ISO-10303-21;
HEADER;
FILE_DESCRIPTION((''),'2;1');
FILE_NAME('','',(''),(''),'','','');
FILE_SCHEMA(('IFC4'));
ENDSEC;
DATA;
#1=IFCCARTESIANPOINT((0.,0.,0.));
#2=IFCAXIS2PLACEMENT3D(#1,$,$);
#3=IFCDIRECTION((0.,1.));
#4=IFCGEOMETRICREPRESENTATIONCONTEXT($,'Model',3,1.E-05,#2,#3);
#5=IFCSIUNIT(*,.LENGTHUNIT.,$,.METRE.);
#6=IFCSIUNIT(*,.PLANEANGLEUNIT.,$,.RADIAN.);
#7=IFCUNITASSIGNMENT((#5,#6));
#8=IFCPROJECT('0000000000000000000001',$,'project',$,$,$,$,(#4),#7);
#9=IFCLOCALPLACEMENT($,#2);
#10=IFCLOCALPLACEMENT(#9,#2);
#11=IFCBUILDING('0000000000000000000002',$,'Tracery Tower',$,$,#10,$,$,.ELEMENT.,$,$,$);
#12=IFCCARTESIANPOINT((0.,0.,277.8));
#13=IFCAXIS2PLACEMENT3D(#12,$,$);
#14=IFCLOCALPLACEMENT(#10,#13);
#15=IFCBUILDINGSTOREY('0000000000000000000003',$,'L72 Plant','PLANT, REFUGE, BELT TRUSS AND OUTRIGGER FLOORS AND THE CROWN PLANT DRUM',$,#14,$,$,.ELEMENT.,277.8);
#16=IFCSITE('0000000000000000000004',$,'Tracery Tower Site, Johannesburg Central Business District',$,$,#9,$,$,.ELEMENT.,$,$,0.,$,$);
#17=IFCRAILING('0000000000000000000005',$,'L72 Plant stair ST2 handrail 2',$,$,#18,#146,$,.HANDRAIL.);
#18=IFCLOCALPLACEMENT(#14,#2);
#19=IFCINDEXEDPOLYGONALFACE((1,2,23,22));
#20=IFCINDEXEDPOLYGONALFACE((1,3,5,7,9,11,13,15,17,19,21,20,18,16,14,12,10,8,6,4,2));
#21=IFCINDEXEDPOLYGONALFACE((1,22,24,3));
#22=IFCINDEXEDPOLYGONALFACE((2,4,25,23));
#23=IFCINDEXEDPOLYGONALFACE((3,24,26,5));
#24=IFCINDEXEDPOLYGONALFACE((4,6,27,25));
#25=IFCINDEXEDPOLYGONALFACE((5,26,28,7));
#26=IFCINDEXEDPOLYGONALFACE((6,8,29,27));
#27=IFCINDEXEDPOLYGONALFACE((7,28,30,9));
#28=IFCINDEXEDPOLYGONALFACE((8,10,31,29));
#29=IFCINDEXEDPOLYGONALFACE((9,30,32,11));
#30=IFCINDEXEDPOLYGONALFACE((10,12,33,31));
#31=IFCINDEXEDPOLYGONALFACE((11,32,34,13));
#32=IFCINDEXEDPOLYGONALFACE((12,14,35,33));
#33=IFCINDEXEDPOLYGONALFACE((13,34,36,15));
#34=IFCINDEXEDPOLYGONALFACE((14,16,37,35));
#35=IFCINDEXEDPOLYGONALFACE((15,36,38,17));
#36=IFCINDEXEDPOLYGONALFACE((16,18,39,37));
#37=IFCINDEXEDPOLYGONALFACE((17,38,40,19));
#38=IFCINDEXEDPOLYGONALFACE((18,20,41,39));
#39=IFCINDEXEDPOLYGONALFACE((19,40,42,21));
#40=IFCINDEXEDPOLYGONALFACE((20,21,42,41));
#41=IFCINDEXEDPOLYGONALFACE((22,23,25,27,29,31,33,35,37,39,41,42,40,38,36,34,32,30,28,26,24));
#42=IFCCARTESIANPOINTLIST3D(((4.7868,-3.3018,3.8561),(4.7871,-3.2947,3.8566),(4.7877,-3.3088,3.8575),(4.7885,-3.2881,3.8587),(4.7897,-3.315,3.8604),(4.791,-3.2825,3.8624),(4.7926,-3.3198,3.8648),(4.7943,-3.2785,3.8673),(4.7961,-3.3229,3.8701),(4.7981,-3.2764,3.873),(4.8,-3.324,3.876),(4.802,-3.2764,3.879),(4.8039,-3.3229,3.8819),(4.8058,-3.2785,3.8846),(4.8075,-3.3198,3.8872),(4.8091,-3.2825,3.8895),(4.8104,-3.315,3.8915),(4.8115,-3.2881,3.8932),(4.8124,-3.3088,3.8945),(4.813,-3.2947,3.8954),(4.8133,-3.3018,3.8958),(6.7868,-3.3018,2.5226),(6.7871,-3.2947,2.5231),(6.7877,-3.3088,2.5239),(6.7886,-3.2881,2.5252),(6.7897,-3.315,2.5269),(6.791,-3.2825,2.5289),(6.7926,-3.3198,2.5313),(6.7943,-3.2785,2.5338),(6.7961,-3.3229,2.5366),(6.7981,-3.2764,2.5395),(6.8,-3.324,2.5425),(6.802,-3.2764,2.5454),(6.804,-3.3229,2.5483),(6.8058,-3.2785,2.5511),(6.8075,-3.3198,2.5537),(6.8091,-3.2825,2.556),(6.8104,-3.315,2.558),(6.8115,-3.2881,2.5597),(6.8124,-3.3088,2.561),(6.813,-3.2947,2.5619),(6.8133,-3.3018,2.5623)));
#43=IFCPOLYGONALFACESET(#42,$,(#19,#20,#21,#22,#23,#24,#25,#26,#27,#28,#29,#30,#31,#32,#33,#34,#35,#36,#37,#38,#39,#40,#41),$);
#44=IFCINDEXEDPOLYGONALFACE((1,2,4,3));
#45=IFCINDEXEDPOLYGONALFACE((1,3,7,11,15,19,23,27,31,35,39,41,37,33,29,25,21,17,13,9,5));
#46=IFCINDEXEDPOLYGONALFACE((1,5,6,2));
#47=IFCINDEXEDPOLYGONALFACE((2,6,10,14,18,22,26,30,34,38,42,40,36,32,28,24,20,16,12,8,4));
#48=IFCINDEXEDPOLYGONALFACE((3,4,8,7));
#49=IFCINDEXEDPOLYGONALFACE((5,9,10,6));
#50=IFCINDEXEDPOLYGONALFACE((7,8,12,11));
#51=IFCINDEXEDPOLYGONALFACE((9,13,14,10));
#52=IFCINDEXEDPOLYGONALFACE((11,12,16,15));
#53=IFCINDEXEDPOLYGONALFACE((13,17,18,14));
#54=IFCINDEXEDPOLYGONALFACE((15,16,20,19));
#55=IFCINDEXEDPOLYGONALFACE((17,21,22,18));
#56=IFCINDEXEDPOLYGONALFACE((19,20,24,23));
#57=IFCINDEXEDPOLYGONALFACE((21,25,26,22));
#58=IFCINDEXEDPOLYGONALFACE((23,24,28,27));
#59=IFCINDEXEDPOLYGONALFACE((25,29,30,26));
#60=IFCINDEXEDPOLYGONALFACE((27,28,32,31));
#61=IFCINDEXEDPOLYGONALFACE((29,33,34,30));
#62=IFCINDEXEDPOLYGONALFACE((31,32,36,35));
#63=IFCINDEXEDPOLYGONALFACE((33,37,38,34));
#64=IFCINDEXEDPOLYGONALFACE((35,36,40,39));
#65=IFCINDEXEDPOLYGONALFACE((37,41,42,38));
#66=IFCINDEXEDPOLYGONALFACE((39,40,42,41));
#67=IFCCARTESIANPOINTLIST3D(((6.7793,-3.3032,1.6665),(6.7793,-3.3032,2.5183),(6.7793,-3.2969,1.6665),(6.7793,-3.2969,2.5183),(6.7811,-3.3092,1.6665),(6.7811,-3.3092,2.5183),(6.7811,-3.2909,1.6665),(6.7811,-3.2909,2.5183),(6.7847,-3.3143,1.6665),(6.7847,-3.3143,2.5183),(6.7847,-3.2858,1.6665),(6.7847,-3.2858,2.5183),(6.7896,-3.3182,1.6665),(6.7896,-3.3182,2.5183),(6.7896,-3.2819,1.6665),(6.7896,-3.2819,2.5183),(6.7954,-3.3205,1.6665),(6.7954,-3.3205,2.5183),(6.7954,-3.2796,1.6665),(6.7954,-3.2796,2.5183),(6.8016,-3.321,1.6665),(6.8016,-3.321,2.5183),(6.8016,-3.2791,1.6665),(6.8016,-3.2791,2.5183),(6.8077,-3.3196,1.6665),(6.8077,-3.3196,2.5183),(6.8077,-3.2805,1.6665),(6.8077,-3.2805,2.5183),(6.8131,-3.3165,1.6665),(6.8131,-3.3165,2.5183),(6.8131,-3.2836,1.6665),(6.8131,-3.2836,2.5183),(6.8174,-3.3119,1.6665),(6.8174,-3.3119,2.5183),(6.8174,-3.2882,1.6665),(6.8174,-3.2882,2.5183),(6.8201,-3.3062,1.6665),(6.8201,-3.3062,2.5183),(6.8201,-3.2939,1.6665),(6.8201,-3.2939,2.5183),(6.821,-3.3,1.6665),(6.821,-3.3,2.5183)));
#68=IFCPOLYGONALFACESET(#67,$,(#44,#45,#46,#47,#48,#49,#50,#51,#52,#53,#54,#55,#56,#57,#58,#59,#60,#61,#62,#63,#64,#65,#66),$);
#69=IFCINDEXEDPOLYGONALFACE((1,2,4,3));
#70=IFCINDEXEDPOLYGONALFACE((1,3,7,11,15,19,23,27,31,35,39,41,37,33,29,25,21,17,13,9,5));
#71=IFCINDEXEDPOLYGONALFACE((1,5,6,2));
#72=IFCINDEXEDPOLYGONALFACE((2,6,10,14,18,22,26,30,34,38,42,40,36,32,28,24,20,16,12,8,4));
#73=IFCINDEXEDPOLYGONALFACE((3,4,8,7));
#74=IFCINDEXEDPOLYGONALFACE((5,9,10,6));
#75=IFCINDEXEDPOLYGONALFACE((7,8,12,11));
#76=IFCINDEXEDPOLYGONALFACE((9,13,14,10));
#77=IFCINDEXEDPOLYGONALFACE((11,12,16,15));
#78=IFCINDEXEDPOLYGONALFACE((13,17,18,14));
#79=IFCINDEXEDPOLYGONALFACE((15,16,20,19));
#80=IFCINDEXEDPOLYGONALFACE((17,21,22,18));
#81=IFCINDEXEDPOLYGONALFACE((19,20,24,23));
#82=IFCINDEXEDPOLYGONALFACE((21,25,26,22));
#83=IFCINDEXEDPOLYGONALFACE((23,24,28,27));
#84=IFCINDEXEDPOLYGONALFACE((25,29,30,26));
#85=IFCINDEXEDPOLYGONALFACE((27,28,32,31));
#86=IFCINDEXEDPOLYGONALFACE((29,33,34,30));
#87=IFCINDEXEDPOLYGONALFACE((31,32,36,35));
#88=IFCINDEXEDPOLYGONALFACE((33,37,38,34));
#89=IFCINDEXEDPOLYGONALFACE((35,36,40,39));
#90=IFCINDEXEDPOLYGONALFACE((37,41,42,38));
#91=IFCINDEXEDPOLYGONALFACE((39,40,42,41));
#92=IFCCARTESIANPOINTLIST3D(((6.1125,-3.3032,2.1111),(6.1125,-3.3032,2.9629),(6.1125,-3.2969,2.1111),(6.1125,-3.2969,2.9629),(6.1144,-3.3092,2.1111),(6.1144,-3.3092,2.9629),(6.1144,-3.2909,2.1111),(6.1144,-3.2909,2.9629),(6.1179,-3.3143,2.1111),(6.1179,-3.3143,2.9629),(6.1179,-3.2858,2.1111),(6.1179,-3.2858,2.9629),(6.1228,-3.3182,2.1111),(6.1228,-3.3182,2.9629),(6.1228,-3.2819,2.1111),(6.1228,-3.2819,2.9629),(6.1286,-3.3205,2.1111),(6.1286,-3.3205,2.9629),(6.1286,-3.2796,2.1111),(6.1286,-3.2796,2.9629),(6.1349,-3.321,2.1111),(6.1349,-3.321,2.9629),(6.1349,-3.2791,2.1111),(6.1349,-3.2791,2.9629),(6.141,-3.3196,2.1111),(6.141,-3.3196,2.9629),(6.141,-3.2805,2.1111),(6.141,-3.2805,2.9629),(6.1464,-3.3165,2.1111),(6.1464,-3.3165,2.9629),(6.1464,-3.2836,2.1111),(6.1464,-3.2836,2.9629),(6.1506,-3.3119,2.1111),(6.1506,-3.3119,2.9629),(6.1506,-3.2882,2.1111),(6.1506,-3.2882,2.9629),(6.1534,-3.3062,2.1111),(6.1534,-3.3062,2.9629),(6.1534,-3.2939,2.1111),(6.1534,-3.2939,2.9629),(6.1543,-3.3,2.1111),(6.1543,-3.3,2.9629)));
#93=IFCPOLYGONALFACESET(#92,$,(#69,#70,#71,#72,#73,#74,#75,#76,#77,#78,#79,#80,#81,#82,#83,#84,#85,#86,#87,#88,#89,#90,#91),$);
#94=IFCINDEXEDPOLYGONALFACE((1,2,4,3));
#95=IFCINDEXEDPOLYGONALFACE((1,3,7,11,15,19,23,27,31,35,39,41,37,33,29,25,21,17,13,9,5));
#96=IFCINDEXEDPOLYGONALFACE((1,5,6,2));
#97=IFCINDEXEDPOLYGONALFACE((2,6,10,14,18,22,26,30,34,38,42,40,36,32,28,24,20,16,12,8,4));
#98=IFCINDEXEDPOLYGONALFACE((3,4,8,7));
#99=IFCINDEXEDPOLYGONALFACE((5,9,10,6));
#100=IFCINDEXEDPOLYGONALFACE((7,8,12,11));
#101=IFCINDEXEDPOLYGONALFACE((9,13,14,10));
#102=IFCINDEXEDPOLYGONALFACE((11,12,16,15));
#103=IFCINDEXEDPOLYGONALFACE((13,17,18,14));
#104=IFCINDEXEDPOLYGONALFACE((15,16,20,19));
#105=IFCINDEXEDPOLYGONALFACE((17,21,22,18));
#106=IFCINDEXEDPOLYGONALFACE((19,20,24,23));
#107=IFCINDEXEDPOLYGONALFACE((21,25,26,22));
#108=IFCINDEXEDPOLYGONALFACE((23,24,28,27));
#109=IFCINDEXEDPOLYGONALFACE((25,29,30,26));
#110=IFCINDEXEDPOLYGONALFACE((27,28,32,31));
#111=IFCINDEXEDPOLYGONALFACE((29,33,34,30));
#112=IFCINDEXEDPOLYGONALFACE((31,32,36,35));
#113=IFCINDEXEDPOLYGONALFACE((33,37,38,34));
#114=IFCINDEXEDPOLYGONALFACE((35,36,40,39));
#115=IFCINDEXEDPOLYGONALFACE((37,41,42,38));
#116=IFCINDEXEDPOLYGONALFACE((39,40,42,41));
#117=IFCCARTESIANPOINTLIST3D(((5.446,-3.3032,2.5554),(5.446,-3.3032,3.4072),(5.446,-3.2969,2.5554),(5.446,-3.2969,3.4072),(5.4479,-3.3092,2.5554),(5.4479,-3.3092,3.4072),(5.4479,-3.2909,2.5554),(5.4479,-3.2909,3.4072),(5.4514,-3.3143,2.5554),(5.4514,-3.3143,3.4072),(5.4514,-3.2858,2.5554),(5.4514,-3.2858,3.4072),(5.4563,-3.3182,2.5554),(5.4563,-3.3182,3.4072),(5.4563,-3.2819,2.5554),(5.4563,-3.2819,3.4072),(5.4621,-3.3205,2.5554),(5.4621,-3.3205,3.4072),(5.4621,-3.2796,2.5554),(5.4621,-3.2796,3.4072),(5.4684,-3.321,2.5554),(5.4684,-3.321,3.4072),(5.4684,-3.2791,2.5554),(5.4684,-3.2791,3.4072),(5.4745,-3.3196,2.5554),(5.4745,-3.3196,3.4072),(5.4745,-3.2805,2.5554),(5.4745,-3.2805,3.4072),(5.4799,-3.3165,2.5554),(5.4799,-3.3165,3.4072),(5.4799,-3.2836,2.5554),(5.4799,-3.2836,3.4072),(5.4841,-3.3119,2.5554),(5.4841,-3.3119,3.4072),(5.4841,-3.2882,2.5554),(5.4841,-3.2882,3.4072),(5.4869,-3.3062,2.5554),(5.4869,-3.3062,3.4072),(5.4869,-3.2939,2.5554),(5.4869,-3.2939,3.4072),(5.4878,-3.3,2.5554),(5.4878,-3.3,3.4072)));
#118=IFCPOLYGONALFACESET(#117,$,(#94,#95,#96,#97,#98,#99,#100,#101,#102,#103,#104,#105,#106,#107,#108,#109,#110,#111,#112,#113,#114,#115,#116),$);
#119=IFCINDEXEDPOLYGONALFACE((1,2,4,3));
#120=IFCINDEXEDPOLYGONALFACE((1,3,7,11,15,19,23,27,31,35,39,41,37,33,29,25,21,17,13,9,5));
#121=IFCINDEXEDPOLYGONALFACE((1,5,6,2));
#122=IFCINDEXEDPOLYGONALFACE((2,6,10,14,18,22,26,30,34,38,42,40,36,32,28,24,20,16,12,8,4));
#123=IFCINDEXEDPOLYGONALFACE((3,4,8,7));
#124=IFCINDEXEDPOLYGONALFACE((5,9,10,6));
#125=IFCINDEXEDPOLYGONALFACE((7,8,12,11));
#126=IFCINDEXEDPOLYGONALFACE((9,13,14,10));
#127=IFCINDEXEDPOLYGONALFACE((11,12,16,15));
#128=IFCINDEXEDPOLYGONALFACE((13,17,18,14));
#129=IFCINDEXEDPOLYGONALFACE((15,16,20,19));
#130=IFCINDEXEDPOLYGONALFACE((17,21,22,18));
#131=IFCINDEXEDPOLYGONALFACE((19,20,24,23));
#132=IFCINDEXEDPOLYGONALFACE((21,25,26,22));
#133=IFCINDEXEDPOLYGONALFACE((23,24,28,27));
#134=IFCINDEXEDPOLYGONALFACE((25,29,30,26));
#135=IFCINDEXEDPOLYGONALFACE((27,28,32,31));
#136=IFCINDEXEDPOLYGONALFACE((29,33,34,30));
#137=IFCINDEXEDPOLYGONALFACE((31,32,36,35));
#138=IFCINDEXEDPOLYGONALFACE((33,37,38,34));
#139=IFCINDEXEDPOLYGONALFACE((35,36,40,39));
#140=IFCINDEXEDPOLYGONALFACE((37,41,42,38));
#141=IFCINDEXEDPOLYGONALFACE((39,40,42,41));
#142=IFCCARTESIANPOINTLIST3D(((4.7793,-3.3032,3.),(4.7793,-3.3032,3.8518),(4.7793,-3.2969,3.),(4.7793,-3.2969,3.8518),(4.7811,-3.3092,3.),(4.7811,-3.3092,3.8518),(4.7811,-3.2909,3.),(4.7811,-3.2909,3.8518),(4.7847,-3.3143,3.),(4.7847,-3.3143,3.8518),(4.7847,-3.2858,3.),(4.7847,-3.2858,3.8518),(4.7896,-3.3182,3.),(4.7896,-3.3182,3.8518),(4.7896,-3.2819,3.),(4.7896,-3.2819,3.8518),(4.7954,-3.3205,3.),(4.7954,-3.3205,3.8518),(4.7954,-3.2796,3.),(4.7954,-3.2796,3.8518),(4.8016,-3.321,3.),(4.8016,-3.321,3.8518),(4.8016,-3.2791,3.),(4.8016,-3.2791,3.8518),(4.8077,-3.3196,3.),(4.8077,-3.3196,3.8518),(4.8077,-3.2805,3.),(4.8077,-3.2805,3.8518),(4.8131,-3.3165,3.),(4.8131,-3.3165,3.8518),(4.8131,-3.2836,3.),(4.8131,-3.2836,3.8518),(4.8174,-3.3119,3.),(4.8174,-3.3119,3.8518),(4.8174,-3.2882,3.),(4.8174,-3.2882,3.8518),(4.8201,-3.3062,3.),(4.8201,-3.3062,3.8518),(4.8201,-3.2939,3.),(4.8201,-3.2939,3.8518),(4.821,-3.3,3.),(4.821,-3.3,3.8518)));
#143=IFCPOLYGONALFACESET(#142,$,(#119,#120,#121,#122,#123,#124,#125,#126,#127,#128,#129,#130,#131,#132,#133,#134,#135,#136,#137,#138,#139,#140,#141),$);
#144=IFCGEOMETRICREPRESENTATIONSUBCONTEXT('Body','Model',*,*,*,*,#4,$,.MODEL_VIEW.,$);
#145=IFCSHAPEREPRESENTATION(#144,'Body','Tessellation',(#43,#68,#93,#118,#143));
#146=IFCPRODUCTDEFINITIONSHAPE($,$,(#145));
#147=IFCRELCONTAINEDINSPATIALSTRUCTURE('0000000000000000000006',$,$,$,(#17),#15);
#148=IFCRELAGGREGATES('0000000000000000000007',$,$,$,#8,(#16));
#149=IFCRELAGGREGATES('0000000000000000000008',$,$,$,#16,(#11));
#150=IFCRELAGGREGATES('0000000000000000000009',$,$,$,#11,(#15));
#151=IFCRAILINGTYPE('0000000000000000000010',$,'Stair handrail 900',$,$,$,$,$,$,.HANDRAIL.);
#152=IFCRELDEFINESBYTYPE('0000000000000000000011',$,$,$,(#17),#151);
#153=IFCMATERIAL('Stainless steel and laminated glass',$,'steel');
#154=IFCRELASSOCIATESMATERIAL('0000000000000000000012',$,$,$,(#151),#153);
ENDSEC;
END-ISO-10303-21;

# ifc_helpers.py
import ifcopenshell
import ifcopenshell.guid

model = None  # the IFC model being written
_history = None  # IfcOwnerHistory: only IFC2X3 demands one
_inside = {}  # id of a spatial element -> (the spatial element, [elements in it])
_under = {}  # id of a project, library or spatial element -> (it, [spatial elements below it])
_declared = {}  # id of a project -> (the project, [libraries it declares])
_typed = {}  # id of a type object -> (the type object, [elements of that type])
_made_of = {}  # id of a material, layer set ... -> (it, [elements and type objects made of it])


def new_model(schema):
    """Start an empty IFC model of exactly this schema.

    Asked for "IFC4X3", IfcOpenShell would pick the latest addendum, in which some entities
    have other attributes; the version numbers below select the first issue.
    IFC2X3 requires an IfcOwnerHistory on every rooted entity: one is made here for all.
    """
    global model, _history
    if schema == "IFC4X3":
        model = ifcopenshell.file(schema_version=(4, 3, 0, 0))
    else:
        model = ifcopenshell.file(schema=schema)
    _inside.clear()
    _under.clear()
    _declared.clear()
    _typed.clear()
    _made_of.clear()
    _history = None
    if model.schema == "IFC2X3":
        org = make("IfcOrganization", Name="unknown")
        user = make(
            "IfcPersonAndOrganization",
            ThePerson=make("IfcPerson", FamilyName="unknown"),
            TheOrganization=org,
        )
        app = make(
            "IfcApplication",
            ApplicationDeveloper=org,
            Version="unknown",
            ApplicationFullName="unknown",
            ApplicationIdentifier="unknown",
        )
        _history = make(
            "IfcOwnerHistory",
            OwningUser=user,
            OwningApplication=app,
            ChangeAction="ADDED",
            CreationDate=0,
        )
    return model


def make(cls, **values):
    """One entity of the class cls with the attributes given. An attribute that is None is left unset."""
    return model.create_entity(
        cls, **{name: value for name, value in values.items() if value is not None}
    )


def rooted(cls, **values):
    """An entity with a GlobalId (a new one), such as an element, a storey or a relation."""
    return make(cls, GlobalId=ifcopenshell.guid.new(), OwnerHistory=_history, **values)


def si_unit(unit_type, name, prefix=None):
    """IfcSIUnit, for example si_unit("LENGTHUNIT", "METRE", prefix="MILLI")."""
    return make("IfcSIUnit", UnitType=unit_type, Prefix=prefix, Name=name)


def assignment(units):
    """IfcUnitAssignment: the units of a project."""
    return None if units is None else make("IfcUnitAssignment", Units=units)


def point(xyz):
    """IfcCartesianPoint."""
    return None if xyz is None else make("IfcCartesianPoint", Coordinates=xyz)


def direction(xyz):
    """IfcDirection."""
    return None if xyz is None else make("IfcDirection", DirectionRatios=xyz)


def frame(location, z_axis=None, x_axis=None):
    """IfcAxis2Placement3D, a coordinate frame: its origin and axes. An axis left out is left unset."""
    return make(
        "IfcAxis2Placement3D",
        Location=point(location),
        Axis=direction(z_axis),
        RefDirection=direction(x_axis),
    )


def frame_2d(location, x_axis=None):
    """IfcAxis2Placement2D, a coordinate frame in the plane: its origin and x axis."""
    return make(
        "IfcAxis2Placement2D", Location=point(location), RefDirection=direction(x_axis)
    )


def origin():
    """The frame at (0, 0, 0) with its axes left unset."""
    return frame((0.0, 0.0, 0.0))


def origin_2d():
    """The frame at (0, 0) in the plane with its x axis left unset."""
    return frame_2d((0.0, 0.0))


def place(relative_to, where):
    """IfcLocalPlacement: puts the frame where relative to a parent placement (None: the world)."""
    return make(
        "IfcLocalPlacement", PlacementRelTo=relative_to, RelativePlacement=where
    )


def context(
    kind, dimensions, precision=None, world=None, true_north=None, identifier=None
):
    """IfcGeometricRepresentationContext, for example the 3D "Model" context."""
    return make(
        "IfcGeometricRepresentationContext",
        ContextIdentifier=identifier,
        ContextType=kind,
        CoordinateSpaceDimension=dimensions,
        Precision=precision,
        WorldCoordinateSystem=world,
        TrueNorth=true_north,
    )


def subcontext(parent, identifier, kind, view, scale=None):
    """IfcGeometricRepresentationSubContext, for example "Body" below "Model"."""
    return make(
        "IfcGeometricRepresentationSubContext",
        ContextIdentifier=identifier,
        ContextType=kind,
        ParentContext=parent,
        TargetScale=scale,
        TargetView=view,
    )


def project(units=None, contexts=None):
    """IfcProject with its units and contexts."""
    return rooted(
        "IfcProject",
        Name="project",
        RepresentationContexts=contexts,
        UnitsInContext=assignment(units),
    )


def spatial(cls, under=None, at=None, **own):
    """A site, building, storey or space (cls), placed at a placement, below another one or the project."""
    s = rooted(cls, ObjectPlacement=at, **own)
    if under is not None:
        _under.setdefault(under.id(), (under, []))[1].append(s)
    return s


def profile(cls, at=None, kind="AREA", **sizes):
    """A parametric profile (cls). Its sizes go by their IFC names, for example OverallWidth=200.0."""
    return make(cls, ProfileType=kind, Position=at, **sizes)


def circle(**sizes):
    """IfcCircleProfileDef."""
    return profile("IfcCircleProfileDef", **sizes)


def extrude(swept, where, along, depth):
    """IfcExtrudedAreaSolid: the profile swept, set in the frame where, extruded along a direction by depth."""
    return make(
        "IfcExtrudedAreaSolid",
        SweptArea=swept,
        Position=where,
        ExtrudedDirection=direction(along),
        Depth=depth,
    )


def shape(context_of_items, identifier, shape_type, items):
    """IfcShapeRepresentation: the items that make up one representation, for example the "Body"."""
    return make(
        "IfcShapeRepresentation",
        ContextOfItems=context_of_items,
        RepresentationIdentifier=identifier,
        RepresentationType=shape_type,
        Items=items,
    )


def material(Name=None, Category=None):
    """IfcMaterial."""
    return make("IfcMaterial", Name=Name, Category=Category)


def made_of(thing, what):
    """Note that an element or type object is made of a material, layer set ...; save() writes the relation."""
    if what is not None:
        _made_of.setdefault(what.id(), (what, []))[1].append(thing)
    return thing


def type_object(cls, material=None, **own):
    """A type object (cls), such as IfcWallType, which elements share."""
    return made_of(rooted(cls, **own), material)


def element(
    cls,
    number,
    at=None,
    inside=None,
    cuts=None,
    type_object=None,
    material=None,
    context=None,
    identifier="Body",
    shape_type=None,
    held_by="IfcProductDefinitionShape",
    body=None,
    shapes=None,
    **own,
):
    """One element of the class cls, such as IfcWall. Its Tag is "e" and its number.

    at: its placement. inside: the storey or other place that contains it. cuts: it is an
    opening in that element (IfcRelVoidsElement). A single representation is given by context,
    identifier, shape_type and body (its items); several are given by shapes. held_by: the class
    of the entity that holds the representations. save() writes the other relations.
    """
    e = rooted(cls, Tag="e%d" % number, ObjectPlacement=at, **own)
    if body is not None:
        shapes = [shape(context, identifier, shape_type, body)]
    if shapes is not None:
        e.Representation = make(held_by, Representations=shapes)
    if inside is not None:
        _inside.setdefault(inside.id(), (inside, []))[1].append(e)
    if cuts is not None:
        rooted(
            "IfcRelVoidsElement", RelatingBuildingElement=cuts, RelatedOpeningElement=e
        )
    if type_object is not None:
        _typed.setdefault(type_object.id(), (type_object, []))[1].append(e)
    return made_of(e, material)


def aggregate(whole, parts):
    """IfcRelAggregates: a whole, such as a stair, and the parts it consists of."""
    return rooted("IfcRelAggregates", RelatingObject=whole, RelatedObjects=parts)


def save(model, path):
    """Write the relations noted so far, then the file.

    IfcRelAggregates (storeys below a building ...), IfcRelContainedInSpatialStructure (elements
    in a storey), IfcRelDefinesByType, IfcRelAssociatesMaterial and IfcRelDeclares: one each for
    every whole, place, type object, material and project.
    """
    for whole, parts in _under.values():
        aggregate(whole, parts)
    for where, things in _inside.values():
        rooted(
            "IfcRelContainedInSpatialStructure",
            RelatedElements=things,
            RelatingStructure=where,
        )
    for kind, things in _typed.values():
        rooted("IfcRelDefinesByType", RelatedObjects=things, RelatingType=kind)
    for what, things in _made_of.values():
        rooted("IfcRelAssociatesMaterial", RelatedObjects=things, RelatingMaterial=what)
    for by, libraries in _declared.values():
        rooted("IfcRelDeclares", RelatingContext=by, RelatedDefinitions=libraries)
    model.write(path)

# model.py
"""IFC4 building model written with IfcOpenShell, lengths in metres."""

from ifc_helpers import new_model, si_unit, direction, frame, origin, origin_2d, place, context, subcontext, project, spatial, circle, extrude, material, type_object, element, save


model = new_model("IFC4")

# Units and contexts
model_context = context("Model", 3, precision=1e-05, world=origin(), true_north=direction((0.0, 1.0)))
body_context = subcontext(model_context, "Body", "Model", "MODEL_VIEW")
ifc_project = project(units=[si_unit("LENGTHUNIT", "METRE"), si_unit("PLANEANGLEUNIT", "RADIAN")], contexts=[model_context])

# Site, building, storey
site_placement = place(None, origin())
site = spatial("IfcSite", under=ifc_project, at=site_placement, Name="Tracery Tower Site, Johannesburg Central Business District", CompositionType="ELEMENT", RefElevation=0.0)
building_placement = place(site_placement, origin())
building = spatial("IfcBuilding", under=site, at=building_placement, Name="Tracery Tower", CompositionType="ELEMENT")
storey_placement = place(building_placement, frame((0.0, 0.0, 277.8)))
storey = spatial("IfcBuildingStorey", under=building, at=storey_placement, Name="L72 Plant", Description="PLANT, REFUGE, BELT TRUSS AND OUTRIGGER FLOORS AND THE CROWN PLANT DRUM", CompositionType="ELEMENT", Elevation=277.8)

# Railing
ifc_material_1 = material(Name="Stainless steel and laminated glass", Category="steel")
railing_type = type_object("IfcRailingType", Name="Stair handrail 900", PredefinedType="HANDRAIL", material=ifc_material_1)
for number, where, name in (
    (1, (6.8, -3.3, 1.6665), "L72 Plant stair ST2 handrail 2"),
):
    element("IfcRailing", number, at=place(storey_placement, frame(where)), inside=storey, type_object=railing_type, Name=name, PredefinedType="HANDRAIL", context=body_context, shape_type="SweptSolid", body=[
        extrude(circle(Radius=0.0239, at=origin_2d()), frame((0.0, 0.0, 0.876), z_axis=(-0.832019, 0.0, 0.554747), x_axis=(0.0, -1.0, 0.0)), (0.0, 0.0, 1.0), 2.4038),
        extrude(circle(Radius=0.021, at=origin_2d()), origin(), (0.0, 0.0, 1.0), 0.8518),
        extrude(circle(Radius=0.021, at=origin_2d()), frame((-0.6667, 0.0, 0.4446)), (0.0, 0.0, 1.0), 0.8518),
        extrude(circle(Radius=0.021, at=origin_2d()), frame((-1.3333, 0.0, 0.8889)), (0.0, 0.0, 1.0), 0.8518),
        extrude(circle(Radius=0.021, at=origin_2d()), frame((-2.0, 0.0, 1.3335)), (0.0, 0.0, 1.0), 0.8518),
    ])

save(model, "model.ifc")
